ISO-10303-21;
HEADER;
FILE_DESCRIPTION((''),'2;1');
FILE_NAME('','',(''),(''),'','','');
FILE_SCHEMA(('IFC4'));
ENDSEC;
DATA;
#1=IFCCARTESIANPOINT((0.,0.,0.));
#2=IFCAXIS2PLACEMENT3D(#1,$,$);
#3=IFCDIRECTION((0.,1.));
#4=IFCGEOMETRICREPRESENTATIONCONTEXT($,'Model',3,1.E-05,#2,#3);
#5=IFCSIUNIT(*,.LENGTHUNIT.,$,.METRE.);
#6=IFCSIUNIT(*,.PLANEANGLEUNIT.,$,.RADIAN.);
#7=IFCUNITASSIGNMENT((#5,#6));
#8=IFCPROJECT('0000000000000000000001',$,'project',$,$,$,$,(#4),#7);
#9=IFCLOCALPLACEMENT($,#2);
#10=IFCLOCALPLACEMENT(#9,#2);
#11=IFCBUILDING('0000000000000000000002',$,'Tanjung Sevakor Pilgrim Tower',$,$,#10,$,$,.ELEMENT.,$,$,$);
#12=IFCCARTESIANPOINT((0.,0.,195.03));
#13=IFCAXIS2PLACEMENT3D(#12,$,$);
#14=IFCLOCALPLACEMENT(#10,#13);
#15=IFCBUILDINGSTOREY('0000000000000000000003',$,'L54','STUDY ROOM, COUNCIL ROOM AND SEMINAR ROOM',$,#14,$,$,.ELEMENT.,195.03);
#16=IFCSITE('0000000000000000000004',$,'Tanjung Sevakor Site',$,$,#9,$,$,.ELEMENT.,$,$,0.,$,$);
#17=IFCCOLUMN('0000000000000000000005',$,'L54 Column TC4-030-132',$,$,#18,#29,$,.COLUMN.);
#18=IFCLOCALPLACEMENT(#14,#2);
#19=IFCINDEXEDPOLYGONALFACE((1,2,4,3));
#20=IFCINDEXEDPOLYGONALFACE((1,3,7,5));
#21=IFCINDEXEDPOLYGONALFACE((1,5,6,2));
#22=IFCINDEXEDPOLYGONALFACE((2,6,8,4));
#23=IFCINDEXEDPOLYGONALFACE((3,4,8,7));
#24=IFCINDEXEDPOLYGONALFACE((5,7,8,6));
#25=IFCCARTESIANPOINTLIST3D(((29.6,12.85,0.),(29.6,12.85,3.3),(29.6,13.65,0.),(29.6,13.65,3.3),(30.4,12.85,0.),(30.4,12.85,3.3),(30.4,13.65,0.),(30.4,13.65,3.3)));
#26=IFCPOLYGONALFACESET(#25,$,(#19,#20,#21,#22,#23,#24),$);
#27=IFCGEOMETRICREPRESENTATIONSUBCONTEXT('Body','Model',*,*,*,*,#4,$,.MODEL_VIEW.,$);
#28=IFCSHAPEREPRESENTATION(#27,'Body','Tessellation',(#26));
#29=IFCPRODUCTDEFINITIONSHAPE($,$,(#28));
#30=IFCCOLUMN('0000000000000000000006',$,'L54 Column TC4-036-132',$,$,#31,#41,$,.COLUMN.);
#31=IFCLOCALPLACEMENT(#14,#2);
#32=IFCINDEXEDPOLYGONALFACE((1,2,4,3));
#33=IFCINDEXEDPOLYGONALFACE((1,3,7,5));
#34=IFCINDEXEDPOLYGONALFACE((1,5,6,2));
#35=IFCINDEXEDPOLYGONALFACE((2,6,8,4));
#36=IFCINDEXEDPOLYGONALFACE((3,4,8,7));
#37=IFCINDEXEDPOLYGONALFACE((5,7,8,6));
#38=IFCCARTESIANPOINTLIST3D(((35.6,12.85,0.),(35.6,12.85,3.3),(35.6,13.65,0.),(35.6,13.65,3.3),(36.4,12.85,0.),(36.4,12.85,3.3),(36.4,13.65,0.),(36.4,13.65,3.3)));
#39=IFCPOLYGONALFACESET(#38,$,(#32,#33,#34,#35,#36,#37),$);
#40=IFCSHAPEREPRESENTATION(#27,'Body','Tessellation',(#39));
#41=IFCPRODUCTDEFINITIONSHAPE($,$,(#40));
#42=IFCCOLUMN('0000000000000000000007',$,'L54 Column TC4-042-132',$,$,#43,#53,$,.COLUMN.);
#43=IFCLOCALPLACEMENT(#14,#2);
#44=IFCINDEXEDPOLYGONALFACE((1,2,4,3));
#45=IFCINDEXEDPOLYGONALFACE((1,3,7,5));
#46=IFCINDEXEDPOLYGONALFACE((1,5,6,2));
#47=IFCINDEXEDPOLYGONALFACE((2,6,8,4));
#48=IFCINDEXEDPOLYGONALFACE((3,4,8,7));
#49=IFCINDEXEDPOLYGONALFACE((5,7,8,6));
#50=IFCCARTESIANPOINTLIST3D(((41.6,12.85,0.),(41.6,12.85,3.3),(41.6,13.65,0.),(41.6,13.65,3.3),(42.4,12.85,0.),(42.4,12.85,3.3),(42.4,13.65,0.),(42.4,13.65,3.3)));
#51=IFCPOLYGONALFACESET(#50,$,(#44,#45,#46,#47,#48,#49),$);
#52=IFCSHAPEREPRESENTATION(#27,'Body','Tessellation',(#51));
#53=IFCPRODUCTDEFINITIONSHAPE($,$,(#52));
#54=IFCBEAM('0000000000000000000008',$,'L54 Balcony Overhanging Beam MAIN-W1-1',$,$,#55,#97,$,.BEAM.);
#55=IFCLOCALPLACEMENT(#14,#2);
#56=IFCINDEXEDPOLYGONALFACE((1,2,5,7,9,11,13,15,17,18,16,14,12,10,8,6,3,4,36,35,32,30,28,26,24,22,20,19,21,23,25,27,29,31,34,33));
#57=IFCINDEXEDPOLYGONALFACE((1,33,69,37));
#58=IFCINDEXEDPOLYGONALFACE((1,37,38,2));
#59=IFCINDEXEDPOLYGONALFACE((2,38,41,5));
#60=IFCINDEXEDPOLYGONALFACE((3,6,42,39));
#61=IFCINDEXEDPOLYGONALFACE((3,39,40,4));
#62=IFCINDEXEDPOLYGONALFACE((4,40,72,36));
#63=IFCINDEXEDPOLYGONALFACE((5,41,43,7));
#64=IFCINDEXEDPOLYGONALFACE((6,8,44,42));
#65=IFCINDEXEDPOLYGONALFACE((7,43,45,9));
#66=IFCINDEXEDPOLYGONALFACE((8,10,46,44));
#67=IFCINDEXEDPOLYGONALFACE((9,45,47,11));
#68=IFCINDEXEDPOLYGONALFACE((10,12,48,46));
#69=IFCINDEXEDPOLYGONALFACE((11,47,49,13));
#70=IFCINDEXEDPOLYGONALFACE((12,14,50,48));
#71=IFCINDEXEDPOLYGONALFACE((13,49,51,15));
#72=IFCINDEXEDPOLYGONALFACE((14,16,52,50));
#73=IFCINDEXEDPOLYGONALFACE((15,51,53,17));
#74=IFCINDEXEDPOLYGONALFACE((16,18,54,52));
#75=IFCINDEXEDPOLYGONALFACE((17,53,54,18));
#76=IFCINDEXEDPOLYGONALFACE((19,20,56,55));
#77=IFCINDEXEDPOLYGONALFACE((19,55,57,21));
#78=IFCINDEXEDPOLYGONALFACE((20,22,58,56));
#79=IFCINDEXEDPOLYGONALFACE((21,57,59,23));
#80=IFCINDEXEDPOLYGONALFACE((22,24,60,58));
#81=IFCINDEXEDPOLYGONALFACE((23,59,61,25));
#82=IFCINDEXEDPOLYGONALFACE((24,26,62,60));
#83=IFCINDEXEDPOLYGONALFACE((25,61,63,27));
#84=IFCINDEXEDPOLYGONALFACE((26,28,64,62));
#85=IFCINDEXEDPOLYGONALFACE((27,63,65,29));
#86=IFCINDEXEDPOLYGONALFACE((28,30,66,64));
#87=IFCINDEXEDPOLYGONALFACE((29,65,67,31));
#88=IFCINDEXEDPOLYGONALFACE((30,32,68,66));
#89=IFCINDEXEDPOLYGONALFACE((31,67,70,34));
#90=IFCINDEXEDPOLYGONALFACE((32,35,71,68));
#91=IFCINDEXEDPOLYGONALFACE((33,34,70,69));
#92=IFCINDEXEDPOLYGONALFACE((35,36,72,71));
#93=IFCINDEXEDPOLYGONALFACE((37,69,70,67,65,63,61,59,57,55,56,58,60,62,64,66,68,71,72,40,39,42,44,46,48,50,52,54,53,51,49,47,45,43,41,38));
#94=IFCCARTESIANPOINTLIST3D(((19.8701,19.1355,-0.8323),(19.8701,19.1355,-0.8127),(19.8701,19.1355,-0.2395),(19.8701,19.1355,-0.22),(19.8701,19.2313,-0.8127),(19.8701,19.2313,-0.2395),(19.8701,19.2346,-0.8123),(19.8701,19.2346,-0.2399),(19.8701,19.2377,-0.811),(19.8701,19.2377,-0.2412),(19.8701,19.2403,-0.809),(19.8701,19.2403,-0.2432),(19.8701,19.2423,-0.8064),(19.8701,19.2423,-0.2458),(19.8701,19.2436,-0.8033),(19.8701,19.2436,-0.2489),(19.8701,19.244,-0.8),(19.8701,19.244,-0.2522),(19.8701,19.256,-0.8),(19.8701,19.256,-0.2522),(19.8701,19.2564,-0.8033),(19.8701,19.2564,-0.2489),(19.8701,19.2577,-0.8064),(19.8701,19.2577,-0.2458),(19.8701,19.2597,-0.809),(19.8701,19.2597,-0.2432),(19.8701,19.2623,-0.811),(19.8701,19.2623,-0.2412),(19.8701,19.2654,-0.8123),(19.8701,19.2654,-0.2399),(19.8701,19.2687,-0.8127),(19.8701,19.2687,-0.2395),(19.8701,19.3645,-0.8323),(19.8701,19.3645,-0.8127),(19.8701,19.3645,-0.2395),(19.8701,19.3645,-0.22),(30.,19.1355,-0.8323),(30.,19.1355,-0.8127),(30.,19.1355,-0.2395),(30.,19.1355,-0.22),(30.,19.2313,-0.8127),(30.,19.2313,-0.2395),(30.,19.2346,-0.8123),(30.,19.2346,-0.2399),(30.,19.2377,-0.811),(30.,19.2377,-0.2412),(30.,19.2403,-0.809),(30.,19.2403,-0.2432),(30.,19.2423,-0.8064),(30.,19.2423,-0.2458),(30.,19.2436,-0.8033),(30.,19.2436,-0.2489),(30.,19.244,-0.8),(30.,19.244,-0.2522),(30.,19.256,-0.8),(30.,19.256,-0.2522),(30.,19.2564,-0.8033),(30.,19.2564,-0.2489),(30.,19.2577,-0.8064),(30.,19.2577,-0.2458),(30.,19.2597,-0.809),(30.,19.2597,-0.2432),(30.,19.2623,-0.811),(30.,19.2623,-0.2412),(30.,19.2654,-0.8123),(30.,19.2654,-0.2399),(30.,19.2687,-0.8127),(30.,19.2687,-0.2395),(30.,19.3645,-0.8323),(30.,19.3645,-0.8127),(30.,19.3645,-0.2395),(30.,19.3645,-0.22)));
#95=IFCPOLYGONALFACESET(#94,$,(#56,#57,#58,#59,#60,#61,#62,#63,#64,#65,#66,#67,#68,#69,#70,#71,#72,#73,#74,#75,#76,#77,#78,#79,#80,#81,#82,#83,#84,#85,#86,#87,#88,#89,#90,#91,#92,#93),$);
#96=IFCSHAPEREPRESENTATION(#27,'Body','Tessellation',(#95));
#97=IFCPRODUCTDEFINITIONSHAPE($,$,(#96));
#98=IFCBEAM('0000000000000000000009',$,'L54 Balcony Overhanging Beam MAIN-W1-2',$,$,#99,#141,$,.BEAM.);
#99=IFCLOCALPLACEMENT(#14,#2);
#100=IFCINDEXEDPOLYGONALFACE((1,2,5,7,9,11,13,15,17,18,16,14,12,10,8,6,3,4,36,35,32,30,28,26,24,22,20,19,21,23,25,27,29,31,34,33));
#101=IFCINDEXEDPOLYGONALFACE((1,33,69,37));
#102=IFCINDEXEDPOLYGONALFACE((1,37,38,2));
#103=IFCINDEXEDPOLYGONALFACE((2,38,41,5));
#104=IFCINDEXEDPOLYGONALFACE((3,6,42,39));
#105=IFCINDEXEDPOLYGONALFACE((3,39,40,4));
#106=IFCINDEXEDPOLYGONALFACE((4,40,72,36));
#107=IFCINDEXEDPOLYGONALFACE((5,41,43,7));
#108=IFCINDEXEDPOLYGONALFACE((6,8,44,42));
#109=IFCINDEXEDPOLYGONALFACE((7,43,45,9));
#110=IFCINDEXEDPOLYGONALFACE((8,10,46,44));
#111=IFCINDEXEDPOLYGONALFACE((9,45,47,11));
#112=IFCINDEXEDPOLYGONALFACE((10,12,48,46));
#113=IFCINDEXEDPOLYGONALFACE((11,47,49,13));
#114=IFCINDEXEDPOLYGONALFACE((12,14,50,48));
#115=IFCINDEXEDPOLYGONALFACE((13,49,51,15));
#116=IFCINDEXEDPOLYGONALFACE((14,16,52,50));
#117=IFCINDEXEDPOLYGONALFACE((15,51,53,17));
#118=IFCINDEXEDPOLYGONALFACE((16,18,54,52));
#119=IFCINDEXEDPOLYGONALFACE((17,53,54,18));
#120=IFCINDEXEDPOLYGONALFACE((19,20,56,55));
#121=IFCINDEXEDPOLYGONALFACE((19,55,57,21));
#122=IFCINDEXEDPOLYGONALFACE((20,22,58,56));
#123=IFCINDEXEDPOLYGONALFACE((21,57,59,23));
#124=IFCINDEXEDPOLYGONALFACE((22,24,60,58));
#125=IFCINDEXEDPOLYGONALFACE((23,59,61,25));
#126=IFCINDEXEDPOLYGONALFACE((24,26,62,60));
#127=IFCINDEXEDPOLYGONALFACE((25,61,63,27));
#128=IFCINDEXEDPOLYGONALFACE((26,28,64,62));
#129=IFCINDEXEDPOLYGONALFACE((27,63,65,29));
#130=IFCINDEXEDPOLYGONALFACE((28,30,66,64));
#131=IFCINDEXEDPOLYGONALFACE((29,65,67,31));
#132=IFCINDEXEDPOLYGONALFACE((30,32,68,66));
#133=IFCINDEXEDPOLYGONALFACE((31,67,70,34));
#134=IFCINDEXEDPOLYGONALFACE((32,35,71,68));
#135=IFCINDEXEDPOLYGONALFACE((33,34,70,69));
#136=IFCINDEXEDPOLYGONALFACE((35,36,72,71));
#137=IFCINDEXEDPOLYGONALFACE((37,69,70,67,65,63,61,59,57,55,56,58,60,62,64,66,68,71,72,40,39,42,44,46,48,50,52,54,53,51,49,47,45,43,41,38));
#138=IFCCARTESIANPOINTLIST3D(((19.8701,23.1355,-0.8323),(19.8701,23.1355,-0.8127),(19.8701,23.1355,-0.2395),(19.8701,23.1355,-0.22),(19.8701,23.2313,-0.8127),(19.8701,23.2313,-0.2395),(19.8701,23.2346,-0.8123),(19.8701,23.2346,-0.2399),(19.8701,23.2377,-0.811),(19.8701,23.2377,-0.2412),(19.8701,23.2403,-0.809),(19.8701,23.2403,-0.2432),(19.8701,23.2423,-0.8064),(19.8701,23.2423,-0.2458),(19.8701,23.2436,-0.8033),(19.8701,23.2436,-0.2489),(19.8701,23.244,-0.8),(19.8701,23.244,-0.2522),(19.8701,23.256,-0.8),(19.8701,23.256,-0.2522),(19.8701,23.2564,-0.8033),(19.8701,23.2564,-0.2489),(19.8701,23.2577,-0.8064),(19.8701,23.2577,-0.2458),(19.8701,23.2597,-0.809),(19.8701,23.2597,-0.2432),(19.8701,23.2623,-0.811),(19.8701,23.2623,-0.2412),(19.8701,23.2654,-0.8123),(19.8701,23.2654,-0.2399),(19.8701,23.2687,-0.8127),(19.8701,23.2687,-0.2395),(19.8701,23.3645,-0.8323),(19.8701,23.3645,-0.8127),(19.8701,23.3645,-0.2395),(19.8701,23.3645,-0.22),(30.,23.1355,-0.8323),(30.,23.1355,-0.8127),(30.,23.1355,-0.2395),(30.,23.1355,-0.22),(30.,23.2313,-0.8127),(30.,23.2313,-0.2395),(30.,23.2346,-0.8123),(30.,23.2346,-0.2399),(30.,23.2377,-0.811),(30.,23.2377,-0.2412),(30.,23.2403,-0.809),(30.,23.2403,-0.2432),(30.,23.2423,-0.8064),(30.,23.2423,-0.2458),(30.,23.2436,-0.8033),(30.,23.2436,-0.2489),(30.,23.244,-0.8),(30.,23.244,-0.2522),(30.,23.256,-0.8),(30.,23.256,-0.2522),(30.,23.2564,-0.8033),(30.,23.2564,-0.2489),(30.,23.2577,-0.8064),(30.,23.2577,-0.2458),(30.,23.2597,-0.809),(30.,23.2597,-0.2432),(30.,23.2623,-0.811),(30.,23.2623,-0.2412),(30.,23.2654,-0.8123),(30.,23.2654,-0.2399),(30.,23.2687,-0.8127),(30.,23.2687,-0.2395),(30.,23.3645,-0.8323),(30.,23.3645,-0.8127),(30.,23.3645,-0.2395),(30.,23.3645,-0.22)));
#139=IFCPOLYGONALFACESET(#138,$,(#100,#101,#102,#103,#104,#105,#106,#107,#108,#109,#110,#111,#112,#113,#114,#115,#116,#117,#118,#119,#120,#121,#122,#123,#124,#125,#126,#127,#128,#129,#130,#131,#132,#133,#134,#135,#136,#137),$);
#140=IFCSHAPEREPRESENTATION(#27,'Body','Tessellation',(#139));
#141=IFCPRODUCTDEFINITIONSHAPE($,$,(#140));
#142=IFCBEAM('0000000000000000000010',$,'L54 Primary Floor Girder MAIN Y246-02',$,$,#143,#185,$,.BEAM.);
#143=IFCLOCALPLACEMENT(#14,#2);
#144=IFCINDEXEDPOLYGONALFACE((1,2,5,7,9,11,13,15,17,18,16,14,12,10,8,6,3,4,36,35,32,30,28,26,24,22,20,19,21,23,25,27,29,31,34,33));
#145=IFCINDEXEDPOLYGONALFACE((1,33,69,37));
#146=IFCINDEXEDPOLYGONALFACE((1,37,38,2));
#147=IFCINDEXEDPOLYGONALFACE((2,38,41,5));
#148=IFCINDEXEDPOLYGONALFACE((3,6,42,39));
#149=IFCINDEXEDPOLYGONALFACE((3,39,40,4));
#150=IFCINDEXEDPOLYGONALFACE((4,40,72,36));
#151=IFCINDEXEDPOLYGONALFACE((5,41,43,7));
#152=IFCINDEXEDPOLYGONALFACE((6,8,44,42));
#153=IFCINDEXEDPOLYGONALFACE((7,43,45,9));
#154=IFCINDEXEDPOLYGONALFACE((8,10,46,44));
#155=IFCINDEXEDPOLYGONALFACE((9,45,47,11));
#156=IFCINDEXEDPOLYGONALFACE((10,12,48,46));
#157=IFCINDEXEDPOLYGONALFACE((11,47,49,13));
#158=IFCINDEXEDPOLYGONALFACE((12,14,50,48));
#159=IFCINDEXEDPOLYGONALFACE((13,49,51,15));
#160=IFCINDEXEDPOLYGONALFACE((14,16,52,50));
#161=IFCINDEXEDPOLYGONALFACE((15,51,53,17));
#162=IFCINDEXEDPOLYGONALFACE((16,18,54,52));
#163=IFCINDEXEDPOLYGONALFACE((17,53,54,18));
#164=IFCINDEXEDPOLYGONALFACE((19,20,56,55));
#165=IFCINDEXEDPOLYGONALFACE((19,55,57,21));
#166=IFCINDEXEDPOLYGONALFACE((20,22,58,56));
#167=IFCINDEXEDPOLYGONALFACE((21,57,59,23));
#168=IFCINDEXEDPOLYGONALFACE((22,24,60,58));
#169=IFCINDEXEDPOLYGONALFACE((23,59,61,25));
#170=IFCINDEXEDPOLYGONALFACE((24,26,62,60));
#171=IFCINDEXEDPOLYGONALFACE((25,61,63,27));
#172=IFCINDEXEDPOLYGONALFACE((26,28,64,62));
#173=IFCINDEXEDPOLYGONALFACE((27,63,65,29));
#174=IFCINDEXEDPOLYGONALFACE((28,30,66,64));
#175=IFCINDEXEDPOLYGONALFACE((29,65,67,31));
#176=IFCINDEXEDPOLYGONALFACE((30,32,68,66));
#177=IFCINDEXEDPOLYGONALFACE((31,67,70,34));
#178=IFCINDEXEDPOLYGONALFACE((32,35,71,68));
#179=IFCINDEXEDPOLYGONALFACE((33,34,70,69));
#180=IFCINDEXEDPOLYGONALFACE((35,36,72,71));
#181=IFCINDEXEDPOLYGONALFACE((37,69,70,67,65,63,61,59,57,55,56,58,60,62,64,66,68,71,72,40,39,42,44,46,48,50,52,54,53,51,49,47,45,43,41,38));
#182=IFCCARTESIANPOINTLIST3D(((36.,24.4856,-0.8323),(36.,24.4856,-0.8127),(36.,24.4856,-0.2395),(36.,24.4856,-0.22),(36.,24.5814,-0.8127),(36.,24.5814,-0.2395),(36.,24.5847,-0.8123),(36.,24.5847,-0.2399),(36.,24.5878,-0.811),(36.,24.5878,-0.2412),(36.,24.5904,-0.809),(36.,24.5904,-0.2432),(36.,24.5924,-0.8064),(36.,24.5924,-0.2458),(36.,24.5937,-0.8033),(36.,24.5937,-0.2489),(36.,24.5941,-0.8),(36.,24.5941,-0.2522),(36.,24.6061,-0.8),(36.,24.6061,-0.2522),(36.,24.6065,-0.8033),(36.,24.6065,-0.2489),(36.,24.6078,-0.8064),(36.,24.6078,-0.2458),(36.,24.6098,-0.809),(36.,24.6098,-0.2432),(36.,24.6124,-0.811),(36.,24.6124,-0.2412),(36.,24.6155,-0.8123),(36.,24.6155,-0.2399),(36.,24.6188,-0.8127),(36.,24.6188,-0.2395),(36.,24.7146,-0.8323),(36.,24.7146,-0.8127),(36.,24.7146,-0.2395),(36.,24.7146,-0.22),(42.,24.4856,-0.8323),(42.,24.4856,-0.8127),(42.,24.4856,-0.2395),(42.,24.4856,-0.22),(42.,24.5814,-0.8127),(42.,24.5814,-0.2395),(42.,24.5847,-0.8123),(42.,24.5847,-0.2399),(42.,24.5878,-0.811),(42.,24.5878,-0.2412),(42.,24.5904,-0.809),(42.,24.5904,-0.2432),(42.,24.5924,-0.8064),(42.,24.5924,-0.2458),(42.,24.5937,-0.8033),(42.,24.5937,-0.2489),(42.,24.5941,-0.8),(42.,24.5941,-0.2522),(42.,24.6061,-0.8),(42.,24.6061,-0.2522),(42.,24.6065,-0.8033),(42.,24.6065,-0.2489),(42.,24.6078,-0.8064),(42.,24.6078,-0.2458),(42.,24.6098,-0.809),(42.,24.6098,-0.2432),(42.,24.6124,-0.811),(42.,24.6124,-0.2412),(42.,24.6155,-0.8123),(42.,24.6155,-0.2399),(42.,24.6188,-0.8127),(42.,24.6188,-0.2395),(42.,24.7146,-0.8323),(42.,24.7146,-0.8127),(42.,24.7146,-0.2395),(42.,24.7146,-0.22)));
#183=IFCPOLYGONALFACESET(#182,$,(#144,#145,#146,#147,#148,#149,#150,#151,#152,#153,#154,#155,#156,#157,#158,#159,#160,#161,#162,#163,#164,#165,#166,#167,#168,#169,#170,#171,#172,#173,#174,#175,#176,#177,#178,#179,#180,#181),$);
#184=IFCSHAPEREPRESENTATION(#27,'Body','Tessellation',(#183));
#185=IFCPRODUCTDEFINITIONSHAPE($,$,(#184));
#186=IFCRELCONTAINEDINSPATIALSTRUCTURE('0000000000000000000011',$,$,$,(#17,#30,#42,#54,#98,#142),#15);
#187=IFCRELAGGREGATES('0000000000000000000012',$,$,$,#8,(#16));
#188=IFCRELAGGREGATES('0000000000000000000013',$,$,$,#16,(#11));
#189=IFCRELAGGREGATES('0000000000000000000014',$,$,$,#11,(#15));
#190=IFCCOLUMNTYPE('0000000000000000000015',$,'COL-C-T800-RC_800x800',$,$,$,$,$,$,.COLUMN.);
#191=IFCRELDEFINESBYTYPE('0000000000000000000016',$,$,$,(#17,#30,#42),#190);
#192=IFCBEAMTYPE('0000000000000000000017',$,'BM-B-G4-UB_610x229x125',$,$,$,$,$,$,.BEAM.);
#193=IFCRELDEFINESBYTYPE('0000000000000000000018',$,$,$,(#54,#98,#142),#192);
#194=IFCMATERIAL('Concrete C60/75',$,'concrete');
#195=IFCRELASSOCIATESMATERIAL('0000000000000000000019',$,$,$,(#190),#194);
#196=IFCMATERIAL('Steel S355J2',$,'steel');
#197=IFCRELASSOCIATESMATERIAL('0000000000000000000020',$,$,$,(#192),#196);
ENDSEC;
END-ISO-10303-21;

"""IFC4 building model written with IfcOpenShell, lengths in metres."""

from ifc_helpers import new_model, si_unit, direction, frame, origin, origin_2d, place, context, subcontext, project, spatial, rectangle, i_section, extrude, material, material_profile, profile_set, type_object, element, save


model = new_model("IFC4")

# Units and contexts
model_context = context("Model", 3, precision=1e-05, world=origin(), true_north=direction((0.0, 1.0)))
body_context = subcontext(model_context, "Body", "Model", "MODEL_VIEW")
ifc_project = project(units=[si_unit("LENGTHUNIT", "METRE"), si_unit("PLANEANGLEUNIT", "RADIAN")], contexts=[model_context])

# Site, building, storey
site_placement = place(None, origin())
site = spatial("IfcSite", under=ifc_project, at=site_placement, Name="Tanjung Sevakor Site", CompositionType="ELEMENT", RefElevation=0.0)
building_placement = place(site_placement, origin())
building = spatial("IfcBuilding", under=site, at=building_placement, Name="Tanjung Sevakor Pilgrim Tower", CompositionType="ELEMENT")
storey_placement = place(building_placement, frame((0.0, 0.0, 195.03)))
storey = spatial("IfcBuildingStorey", under=building, at=storey_placement, Name="L54", Description="STUDY ROOM, COUNCIL ROOM AND SEMINAR ROOM", CompositionType="ELEMENT", Elevation=195.03)

# Columns
ifc_material_1 = material(Name="Concrete C60/75", Category="concrete")
ifc_material_profile_1 = material_profile(ifc_material_1, rectangle(XDim=0.8, YDim=0.8, at=origin_2d()))
ifc_profile_set_1 = profile_set([ifc_material_profile_1], Name="Concrete C60/75")
column_type = type_object("IfcColumnType", Name="COL-C-T800-RC_800x800", PredefinedType="COLUMN", material=ifc_profile_set_1)
for number, where, z_axis, x_axis, name in (
    (1, (30.0, 13.25, 0.0), (0.0, 0.0, 1.0), (1.0, 0.0, 0.0), "L54 Column TC4-030-132"),
    (2, (36.0, 13.25, 0.0), (0.0, 0.0, 1.0), (1.0, 0.0, 0.0), "L54 Column TC4-036-132"),
    (3, (42.0, 13.25, 0.0), (0.0, 0.0, 1.0), (1.0, 0.0, 0.0), "L54 Column TC4-042-132"),
):
    element("IfcColumn", number, at=place(storey_placement, frame(where, z_axis=z_axis, x_axis=x_axis)), inside=storey, type_object=column_type, Name=name, PredefinedType="COLUMN", context=body_context, shape_type="SweptSolid", body=[
        extrude(rectangle(XDim=0.8, YDim=0.8, at=origin_2d()), origin(), (0.0, 0.0, 1.0), 3.3),
    ])

# Beams
ifc_material_2 = material(Name="Steel S355J2", Category="steel")
ifc_material_profile_2 = material_profile(ifc_material_2, i_section(OverallWidth=0.229, OverallDepth=0.6123, WebThickness=0.012, FlangeThickness=0.0195, FilletRadius=0.0127, at=origin_2d()))
ifc_profile_set_2 = profile_set([ifc_material_profile_2], Name="Steel S355J2")
beam_type_1 = type_object("IfcBeamType", Name="BM-B-G4-UB_610x229x125", PredefinedType="BEAM", material=ifc_profile_set_2)
for number, where, z_axis, x_axis, name in (
    (4, (30.0, 19.25, -0.5261), (-1.0, 0.0, 0.0), (0.0, -1.0, 0.0), "L54 Balcony Overhanging Beam MAIN-W1-1"),
    (5, (30.0, 23.25, -0.5261), (-1.0, 0.0, 0.0), (0.0, -1.0, 0.0), "L54 Balcony Overhanging Beam MAIN-W1-2"),
):
    element("IfcBeam", number, at=place(storey_placement, frame(where, z_axis=z_axis, x_axis=x_axis)), inside=storey, type_object=beam_type_1, Name=name, PredefinedType="BEAM", context=body_context, shape_type="SweptSolid", body=[
        extrude(i_section(OverallWidth=0.229, OverallDepth=0.6123, WebThickness=0.012, FlangeThickness=0.0195, FilletRadius=0.0127, at=origin_2d()), origin(), (0.0, 0.0, 1.0), 10.1299),
    ])
beam_1_placement = place(storey_placement, frame((36.0, 24.6001, -0.5261), z_axis=(1.0, 0.0, 0.0), x_axis=(0.0, 1.0, 0.0)))
element("IfcBeam", 6, at=beam_1_placement, inside=storey, type_object=beam_type_1, Name="L54 Primary Floor Girder MAIN Y246-02", PredefinedType="BEAM", context=body_context, shape_type="SweptSolid", body=[
    extrude(i_section(OverallWidth=0.229, OverallDepth=0.6123, WebThickness=0.012, FlangeThickness=0.0195, FilletRadius=0.0127, at=origin_2d()), origin(), (0.0, 0.0, 1.0), 6.0),
])

save(model, "model.ifc")
